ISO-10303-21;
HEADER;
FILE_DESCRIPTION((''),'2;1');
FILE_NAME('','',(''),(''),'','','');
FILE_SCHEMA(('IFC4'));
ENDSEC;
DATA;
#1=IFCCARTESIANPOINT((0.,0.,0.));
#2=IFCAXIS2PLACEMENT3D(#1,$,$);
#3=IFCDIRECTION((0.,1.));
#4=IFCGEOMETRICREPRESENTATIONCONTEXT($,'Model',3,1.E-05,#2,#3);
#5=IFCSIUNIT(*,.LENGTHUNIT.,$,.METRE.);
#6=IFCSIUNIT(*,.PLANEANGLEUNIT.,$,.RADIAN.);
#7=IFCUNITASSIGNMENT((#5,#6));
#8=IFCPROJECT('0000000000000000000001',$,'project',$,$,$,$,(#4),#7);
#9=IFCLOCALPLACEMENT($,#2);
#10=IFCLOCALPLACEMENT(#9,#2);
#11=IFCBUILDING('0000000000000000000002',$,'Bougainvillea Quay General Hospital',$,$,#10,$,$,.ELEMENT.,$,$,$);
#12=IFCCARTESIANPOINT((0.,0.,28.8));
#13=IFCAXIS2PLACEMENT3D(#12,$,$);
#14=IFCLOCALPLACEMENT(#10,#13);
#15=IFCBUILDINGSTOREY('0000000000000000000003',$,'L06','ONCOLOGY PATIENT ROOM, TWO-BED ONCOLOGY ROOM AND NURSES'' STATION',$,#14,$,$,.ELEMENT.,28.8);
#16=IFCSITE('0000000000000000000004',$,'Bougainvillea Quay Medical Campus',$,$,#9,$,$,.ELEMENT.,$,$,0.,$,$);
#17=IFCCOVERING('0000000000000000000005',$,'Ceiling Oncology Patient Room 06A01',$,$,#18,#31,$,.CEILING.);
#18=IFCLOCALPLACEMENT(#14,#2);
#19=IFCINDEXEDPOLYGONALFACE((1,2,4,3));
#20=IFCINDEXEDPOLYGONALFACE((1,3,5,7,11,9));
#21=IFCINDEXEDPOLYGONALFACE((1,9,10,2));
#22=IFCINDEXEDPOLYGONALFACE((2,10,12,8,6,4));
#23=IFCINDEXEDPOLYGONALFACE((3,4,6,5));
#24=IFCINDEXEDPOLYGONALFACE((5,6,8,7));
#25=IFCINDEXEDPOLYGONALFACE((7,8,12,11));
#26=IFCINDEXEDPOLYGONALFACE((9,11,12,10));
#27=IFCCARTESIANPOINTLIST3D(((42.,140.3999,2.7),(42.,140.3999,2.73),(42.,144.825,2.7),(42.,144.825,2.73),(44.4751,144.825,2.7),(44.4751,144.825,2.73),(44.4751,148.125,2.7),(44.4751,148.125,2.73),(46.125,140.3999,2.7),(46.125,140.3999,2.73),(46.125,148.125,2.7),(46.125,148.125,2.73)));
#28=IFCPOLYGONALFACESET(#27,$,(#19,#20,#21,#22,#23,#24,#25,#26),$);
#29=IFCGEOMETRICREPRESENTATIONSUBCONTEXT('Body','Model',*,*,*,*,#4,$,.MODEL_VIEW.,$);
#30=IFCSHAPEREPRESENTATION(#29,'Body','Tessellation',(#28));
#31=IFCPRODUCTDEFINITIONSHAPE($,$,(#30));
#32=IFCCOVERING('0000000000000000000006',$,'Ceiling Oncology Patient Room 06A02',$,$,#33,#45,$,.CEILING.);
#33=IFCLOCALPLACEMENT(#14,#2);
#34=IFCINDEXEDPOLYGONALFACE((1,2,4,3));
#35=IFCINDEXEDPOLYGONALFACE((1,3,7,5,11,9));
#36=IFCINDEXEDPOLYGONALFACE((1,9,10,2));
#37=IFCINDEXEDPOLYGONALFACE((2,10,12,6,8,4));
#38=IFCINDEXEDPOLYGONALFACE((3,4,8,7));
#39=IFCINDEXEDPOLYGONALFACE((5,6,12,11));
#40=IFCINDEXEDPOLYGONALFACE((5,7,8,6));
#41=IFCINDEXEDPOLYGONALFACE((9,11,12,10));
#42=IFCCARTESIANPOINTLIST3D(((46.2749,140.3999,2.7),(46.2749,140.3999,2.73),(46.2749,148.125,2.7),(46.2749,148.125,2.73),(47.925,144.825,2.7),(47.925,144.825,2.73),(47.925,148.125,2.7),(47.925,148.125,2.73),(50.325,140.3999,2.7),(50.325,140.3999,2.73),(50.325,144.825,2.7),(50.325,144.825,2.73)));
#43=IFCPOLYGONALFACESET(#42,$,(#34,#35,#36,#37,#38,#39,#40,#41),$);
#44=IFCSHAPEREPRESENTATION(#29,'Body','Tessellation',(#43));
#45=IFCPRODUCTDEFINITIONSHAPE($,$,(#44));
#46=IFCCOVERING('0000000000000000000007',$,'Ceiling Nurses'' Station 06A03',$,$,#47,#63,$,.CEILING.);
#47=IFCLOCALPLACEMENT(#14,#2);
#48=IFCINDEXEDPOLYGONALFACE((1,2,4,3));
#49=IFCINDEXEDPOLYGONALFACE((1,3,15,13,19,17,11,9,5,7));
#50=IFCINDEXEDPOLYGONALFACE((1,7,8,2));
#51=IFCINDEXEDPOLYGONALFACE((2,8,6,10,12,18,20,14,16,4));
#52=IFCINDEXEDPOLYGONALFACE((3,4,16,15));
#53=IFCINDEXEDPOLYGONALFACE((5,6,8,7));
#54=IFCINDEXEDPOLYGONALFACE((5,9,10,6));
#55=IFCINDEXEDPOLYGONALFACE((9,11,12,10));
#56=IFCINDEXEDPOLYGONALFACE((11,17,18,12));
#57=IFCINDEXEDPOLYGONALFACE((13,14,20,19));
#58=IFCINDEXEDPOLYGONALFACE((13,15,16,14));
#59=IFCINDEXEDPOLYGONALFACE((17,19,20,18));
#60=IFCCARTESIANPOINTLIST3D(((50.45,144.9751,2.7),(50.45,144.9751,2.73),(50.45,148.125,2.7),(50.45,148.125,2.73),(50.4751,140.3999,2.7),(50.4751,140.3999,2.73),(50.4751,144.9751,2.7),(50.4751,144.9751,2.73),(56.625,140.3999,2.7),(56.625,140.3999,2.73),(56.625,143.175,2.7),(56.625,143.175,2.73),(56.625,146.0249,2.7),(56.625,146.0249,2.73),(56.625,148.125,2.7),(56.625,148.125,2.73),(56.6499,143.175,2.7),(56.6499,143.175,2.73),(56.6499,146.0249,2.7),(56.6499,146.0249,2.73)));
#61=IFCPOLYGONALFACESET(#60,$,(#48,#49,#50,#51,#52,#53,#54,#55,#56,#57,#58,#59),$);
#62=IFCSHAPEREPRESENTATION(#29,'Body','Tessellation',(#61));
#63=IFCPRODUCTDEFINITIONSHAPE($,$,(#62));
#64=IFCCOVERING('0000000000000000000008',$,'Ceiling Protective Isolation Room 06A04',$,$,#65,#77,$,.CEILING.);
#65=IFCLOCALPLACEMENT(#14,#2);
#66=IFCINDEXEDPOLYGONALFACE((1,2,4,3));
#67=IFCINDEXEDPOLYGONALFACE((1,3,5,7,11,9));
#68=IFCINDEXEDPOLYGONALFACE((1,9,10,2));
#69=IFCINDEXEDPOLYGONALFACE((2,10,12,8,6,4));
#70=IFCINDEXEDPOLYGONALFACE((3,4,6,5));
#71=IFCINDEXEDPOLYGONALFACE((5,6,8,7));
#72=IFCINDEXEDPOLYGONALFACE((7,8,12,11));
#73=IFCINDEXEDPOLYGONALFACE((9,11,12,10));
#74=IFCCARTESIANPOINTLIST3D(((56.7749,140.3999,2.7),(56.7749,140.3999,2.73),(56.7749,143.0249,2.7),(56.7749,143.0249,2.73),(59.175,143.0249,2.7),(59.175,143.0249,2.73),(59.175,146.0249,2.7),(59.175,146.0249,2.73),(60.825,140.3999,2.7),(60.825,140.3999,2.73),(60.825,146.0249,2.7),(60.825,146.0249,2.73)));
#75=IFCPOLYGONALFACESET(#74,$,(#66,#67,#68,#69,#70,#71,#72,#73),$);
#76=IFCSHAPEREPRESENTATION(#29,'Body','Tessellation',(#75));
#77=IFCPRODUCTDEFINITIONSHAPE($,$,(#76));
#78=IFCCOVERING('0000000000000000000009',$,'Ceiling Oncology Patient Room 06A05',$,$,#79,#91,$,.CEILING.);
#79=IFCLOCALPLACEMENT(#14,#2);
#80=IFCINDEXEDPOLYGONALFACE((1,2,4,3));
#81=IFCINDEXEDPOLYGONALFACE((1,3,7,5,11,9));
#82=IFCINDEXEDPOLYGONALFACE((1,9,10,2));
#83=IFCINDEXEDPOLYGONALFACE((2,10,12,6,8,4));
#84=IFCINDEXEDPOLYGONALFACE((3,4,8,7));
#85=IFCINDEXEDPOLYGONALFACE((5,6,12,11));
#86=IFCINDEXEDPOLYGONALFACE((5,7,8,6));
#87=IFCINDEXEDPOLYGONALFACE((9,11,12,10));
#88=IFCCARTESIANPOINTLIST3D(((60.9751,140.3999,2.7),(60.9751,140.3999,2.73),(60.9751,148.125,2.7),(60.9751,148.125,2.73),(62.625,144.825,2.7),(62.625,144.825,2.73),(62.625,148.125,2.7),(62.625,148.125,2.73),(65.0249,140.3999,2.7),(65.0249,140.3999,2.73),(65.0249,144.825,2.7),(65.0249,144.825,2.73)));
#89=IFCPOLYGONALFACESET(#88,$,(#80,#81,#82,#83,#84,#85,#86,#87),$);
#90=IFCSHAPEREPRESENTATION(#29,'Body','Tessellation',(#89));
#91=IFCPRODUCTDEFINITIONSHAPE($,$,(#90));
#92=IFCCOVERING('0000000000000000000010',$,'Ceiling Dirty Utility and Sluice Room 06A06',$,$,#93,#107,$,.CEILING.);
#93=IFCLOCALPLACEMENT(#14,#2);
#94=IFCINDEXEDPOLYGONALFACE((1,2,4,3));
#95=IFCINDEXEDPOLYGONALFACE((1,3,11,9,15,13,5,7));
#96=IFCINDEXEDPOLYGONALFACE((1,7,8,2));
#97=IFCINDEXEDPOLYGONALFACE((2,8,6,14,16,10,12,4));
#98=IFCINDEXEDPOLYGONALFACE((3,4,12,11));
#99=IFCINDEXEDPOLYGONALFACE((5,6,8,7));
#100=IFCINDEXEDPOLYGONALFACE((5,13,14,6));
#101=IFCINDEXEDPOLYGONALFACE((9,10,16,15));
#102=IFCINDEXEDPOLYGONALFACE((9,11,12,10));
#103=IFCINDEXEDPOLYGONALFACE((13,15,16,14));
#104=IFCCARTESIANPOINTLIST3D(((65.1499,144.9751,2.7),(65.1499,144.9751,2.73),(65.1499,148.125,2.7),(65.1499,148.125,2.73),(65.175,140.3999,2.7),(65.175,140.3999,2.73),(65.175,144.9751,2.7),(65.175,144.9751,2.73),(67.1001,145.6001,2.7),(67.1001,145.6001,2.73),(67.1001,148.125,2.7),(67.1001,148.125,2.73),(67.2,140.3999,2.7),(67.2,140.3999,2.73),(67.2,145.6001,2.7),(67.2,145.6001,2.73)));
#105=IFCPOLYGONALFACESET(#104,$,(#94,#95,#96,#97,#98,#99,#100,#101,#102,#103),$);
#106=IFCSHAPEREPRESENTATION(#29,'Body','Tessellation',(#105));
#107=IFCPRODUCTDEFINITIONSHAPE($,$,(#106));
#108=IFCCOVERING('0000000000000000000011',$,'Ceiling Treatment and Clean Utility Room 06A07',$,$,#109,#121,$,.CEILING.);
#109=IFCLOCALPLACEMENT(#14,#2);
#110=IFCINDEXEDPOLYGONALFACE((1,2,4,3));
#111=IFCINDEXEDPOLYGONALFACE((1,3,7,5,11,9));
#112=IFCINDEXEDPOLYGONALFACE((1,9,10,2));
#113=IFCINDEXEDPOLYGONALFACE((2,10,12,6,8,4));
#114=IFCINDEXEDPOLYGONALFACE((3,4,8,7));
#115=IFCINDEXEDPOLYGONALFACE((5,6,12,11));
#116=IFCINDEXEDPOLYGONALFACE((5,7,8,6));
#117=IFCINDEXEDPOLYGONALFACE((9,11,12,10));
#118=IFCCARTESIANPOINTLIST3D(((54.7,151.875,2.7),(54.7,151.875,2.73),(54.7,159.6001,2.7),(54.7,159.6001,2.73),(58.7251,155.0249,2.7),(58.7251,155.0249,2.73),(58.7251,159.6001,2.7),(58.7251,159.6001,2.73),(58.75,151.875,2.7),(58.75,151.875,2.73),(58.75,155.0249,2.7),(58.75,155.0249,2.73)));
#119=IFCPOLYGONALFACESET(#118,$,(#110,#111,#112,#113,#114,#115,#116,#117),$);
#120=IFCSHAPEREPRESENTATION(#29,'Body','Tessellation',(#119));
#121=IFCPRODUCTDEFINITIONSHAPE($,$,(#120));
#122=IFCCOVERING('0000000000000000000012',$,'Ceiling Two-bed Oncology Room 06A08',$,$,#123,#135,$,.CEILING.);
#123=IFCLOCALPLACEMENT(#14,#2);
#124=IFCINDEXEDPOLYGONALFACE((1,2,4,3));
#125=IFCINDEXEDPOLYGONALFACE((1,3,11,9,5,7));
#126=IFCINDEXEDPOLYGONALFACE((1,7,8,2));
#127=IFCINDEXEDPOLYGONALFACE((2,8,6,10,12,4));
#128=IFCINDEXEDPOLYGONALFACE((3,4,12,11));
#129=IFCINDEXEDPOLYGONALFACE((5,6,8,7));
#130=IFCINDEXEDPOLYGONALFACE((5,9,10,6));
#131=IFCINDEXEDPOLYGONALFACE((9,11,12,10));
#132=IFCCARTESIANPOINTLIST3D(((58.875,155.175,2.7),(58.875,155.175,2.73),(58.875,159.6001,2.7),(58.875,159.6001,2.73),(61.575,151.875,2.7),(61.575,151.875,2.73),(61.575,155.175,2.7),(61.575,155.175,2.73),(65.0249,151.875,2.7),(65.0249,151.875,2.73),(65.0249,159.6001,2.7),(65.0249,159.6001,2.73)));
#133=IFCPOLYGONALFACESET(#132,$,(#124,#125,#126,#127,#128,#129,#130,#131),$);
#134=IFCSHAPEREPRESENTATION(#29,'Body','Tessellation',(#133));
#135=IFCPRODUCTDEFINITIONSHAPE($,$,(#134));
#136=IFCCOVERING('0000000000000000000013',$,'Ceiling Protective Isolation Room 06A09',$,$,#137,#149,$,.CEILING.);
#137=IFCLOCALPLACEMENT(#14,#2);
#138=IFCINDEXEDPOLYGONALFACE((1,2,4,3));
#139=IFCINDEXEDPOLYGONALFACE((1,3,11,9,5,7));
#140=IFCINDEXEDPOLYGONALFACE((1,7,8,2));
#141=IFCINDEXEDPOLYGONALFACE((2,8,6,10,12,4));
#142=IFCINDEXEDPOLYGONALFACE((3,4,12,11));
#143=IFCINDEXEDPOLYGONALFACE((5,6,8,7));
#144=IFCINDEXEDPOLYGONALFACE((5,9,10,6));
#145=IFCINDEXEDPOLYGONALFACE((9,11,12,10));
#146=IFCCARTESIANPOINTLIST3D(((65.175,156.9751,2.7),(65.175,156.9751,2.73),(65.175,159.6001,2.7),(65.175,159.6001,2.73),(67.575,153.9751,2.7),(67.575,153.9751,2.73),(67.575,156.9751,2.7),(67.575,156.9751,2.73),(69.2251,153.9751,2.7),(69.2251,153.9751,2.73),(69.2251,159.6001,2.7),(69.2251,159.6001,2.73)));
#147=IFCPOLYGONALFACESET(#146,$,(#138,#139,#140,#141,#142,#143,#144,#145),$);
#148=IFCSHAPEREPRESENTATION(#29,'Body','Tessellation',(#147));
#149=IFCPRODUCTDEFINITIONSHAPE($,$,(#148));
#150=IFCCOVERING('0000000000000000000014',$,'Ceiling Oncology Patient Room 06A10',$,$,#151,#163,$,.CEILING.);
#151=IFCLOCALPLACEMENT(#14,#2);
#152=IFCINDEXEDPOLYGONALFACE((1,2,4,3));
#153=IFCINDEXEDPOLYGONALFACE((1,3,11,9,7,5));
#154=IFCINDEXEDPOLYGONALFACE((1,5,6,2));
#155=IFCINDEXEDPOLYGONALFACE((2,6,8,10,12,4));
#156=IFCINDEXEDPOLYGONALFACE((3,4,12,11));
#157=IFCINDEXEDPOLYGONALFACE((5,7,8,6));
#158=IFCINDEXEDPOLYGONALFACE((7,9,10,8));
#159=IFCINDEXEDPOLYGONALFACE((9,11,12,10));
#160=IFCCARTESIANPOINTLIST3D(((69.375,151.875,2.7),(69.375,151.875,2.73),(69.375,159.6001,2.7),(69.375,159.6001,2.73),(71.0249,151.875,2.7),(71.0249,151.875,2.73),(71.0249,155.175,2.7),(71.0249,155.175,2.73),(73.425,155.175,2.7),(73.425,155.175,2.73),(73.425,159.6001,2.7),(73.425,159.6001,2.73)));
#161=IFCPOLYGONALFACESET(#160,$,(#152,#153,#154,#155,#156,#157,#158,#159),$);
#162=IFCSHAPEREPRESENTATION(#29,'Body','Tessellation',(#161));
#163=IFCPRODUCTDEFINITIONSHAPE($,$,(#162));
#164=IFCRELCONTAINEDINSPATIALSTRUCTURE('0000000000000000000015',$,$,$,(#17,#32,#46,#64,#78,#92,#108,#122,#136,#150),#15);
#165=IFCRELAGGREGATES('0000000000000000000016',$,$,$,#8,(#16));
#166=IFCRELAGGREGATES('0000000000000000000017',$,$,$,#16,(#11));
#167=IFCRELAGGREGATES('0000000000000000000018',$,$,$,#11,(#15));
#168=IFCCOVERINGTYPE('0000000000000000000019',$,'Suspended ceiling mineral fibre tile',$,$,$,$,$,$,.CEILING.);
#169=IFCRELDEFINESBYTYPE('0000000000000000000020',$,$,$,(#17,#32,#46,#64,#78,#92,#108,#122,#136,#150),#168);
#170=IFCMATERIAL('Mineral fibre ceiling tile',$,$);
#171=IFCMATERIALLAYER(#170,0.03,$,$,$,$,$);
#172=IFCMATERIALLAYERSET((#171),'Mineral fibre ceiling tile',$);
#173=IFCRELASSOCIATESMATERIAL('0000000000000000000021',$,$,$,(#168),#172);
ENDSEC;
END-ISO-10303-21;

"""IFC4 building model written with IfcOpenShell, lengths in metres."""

from ifc_helpers import new_model, si_unit, direction, frame, origin, place, context, subcontext, project, spatial, polyline, outline, extrude, material, layer, layer_set, type_object, element, save


model = new_model("IFC4")

# Units and contexts
model_context = context("Model", 3, precision=1e-05, world=origin(), true_north=direction((0.0, 1.0)))
body_context = subcontext(model_context, "Body", "Model", "MODEL_VIEW")
ifc_project = project(units=[si_unit("LENGTHUNIT", "METRE"), si_unit("PLANEANGLEUNIT", "RADIAN")], contexts=[model_context])

# Site, building, storey
site_placement = place(None, origin())
site = spatial("IfcSite", under=ifc_project, at=site_placement, Name="Bougainvillea Quay Medical Campus", CompositionType="ELEMENT", RefElevation=0.0)
building_placement = place(site_placement, origin())
building = spatial("IfcBuilding", under=site, at=building_placement, Name="Bougainvillea Quay General Hospital", CompositionType="ELEMENT")
storey_placement = place(building_placement, frame((0.0, 0.0, 28.8)))
storey = spatial("IfcBuildingStorey", under=building, at=storey_placement, Name="L06", Description="ONCOLOGY PATIENT ROOM, TWO-BED ONCOLOGY ROOM AND NURSES' STATION", CompositionType="ELEMENT", Elevation=28.8)

# Coverings
ifc_material = material(Name="Mineral fibre ceiling tile")
ifc_layer = layer(ifc_material, 0.03)
ifc_layer_set = layer_set([ifc_layer], Name="Mineral fibre ceiling tile")
covering_type = type_object("IfcCoveringType", Name="Suspended ceiling mineral fibre tile", PredefinedType="CEILING", material=ifc_layer_set)
covering_1_placement = place(storey_placement, frame((0.0, 0.0, 2.7)))
element("IfcCovering", 1, at=covering_1_placement, inside=storey, type_object=covering_type, Name="Ceiling Oncology Patient Room 06A01", PredefinedType="CEILING", context=body_context, shape_type="SweptSolid", body=[
    extrude(outline(polyline([(46.125, 140.3999), (46.125, 148.125), (44.4751, 148.125), (44.4751, 144.825), (42.0, 144.825), (42.0, 140.3999), (46.125, 140.3999)])), origin(), (0.0, 0.0, 1.0), 0.03),
])
covering_2_placement = place(storey_placement, frame((0.0, 0.0, 2.7)))
element("IfcCovering", 2, at=covering_2_placement, inside=storey, type_object=covering_type, Name="Ceiling Oncology Patient Room 06A02", PredefinedType="CEILING", context=body_context, shape_type="SweptSolid", body=[
    extrude(outline(polyline([(50.325, 140.3999), (50.325, 144.825), (47.925, 144.825), (47.925, 148.125), (46.2749, 148.125), (46.2749, 140.3999), (50.325, 140.3999)])), origin(), (0.0, 0.0, 1.0), 0.03),
])
covering_3_placement = place(storey_placement, frame((0.0, 0.0, 2.7)))
element("IfcCovering", 3, at=covering_3_placement, inside=storey, type_object=covering_type, Name="Ceiling Nurses' Station 06A03", PredefinedType="CEILING", context=body_context, shape_type="SweptSolid", body=[
    extrude(outline(polyline([(56.625, 140.3999), (56.625, 143.175), (56.6499, 143.175), (56.6499, 146.0249), (56.625, 146.0249), (56.625, 148.125), (50.45, 148.125), (50.45, 144.9751), (50.4751, 144.9751), (50.4751, 140.3999), (56.625, 140.3999)])), origin(), (0.0, 0.0, 1.0), 0.03),
])
covering_4_placement = place(storey_placement, frame((0.0, 0.0, 2.7)))
element("IfcCovering", 4, at=covering_4_placement, inside=storey, type_object=covering_type, Name="Ceiling Protective Isolation Room 06A04", PredefinedType="CEILING", context=body_context, shape_type="SweptSolid", body=[
    extrude(outline(polyline([(60.825, 140.3999), (60.825, 146.0249), (59.175, 146.0249), (59.175, 143.0249), (56.7749, 143.0249), (56.7749, 140.3999), (60.825, 140.3999)])), origin(), (0.0, 0.0, 1.0), 0.03),
])
covering_5_placement = place(storey_placement, frame((0.0, 0.0, 2.7)))
element("IfcCovering", 5, at=covering_5_placement, inside=storey, type_object=covering_type, Name="Ceiling Oncology Patient Room 06A05", PredefinedType="CEILING", context=body_context, shape_type="SweptSolid", body=[
    extrude(outline(polyline([(65.0249, 140.3999), (65.0249, 144.825), (62.625, 144.825), (62.625, 148.125), (60.9751, 148.125), (60.9751, 140.3999), (65.0249, 140.3999)])), origin(), (0.0, 0.0, 1.0), 0.03),
])
covering_6_placement = place(storey_placement, frame((0.0, 0.0, 2.7)))
element("IfcCovering", 6, at=covering_6_placement, inside=storey, type_object=covering_type, Name="Ceiling Dirty Utility and Sluice Room 06A06", PredefinedType="CEILING", context=body_context, shape_type="SweptSolid", body=[
    extrude(outline(polyline([(67.2, 145.6001), (67.1001, 145.6001), (67.1001, 148.125), (65.1499, 148.125), (65.1499, 144.9751), (65.175, 144.9751), (65.175, 140.3999), (67.2, 140.3999), (67.2, 145.6001)])), origin(), (0.0, 0.0, 1.0), 0.03),
])
covering_7_placement = place(storey_placement, frame((0.0, 0.0, 2.7)))
element("IfcCovering", 7, at=covering_7_placement, inside=storey, type_object=covering_type, Name="Ceiling Treatment and Clean Utility Room 06A07", PredefinedType="CEILING", context=body_context, shape_type="SweptSolid", body=[
    extrude(outline(polyline([(54.7, 159.6001), (54.7, 151.875), (58.75, 151.875), (58.75, 155.0249), (58.7251, 155.0249), (58.7251, 159.6001), (54.7, 159.6001)])), origin(), (0.0, 0.0, 1.0), 0.03),
])
covering_8_placement = place(storey_placement, frame((0.0, 0.0, 2.7)))
element("IfcCovering", 8, at=covering_8_placement, inside=storey, type_object=covering_type, Name="Ceiling Two-bed Oncology Room 06A08", PredefinedType="CEILING", context=body_context, shape_type="SweptSolid", body=[
    extrude(outline(polyline([(58.875, 159.6001), (58.875, 155.175), (61.575, 155.175), (61.575, 151.875), (65.0249, 151.875), (65.0249, 159.6001), (58.875, 159.6001)])), origin(), (0.0, 0.0, 1.0), 0.03),
])
covering_9_placement = place(storey_placement, frame((0.0, 0.0, 2.7)))
element("IfcCovering", 9, at=covering_9_placement, inside=storey, type_object=covering_type, Name="Ceiling Protective Isolation Room 06A09", PredefinedType="CEILING", context=body_context, shape_type="SweptSolid", body=[
    extrude(outline(polyline([(65.175, 159.6001), (65.175, 156.9751), (67.575, 156.9751), (67.575, 153.9751), (69.2251, 153.9751), (69.2251, 159.6001), (65.175, 159.6001)])), origin(), (0.0, 0.0, 1.0), 0.03),
])
covering_10_placement = place(storey_placement, frame((0.0, 0.0, 2.7)))
element("IfcCovering", 10, at=covering_10_placement, inside=storey, type_object=covering_type, Name="Ceiling Oncology Patient Room 06A10", PredefinedType="CEILING", context=body_context, shape_type="SweptSolid", body=[
    extrude(outline(polyline([(69.375, 159.6001), (69.375, 151.875), (71.0249, 151.875), (71.0249, 155.175), (73.425, 155.175), (73.425, 159.6001), (69.375, 159.6001)])), origin(), (0.0, 0.0, 1.0), 0.03),
])

save(model, "model.ifc")
